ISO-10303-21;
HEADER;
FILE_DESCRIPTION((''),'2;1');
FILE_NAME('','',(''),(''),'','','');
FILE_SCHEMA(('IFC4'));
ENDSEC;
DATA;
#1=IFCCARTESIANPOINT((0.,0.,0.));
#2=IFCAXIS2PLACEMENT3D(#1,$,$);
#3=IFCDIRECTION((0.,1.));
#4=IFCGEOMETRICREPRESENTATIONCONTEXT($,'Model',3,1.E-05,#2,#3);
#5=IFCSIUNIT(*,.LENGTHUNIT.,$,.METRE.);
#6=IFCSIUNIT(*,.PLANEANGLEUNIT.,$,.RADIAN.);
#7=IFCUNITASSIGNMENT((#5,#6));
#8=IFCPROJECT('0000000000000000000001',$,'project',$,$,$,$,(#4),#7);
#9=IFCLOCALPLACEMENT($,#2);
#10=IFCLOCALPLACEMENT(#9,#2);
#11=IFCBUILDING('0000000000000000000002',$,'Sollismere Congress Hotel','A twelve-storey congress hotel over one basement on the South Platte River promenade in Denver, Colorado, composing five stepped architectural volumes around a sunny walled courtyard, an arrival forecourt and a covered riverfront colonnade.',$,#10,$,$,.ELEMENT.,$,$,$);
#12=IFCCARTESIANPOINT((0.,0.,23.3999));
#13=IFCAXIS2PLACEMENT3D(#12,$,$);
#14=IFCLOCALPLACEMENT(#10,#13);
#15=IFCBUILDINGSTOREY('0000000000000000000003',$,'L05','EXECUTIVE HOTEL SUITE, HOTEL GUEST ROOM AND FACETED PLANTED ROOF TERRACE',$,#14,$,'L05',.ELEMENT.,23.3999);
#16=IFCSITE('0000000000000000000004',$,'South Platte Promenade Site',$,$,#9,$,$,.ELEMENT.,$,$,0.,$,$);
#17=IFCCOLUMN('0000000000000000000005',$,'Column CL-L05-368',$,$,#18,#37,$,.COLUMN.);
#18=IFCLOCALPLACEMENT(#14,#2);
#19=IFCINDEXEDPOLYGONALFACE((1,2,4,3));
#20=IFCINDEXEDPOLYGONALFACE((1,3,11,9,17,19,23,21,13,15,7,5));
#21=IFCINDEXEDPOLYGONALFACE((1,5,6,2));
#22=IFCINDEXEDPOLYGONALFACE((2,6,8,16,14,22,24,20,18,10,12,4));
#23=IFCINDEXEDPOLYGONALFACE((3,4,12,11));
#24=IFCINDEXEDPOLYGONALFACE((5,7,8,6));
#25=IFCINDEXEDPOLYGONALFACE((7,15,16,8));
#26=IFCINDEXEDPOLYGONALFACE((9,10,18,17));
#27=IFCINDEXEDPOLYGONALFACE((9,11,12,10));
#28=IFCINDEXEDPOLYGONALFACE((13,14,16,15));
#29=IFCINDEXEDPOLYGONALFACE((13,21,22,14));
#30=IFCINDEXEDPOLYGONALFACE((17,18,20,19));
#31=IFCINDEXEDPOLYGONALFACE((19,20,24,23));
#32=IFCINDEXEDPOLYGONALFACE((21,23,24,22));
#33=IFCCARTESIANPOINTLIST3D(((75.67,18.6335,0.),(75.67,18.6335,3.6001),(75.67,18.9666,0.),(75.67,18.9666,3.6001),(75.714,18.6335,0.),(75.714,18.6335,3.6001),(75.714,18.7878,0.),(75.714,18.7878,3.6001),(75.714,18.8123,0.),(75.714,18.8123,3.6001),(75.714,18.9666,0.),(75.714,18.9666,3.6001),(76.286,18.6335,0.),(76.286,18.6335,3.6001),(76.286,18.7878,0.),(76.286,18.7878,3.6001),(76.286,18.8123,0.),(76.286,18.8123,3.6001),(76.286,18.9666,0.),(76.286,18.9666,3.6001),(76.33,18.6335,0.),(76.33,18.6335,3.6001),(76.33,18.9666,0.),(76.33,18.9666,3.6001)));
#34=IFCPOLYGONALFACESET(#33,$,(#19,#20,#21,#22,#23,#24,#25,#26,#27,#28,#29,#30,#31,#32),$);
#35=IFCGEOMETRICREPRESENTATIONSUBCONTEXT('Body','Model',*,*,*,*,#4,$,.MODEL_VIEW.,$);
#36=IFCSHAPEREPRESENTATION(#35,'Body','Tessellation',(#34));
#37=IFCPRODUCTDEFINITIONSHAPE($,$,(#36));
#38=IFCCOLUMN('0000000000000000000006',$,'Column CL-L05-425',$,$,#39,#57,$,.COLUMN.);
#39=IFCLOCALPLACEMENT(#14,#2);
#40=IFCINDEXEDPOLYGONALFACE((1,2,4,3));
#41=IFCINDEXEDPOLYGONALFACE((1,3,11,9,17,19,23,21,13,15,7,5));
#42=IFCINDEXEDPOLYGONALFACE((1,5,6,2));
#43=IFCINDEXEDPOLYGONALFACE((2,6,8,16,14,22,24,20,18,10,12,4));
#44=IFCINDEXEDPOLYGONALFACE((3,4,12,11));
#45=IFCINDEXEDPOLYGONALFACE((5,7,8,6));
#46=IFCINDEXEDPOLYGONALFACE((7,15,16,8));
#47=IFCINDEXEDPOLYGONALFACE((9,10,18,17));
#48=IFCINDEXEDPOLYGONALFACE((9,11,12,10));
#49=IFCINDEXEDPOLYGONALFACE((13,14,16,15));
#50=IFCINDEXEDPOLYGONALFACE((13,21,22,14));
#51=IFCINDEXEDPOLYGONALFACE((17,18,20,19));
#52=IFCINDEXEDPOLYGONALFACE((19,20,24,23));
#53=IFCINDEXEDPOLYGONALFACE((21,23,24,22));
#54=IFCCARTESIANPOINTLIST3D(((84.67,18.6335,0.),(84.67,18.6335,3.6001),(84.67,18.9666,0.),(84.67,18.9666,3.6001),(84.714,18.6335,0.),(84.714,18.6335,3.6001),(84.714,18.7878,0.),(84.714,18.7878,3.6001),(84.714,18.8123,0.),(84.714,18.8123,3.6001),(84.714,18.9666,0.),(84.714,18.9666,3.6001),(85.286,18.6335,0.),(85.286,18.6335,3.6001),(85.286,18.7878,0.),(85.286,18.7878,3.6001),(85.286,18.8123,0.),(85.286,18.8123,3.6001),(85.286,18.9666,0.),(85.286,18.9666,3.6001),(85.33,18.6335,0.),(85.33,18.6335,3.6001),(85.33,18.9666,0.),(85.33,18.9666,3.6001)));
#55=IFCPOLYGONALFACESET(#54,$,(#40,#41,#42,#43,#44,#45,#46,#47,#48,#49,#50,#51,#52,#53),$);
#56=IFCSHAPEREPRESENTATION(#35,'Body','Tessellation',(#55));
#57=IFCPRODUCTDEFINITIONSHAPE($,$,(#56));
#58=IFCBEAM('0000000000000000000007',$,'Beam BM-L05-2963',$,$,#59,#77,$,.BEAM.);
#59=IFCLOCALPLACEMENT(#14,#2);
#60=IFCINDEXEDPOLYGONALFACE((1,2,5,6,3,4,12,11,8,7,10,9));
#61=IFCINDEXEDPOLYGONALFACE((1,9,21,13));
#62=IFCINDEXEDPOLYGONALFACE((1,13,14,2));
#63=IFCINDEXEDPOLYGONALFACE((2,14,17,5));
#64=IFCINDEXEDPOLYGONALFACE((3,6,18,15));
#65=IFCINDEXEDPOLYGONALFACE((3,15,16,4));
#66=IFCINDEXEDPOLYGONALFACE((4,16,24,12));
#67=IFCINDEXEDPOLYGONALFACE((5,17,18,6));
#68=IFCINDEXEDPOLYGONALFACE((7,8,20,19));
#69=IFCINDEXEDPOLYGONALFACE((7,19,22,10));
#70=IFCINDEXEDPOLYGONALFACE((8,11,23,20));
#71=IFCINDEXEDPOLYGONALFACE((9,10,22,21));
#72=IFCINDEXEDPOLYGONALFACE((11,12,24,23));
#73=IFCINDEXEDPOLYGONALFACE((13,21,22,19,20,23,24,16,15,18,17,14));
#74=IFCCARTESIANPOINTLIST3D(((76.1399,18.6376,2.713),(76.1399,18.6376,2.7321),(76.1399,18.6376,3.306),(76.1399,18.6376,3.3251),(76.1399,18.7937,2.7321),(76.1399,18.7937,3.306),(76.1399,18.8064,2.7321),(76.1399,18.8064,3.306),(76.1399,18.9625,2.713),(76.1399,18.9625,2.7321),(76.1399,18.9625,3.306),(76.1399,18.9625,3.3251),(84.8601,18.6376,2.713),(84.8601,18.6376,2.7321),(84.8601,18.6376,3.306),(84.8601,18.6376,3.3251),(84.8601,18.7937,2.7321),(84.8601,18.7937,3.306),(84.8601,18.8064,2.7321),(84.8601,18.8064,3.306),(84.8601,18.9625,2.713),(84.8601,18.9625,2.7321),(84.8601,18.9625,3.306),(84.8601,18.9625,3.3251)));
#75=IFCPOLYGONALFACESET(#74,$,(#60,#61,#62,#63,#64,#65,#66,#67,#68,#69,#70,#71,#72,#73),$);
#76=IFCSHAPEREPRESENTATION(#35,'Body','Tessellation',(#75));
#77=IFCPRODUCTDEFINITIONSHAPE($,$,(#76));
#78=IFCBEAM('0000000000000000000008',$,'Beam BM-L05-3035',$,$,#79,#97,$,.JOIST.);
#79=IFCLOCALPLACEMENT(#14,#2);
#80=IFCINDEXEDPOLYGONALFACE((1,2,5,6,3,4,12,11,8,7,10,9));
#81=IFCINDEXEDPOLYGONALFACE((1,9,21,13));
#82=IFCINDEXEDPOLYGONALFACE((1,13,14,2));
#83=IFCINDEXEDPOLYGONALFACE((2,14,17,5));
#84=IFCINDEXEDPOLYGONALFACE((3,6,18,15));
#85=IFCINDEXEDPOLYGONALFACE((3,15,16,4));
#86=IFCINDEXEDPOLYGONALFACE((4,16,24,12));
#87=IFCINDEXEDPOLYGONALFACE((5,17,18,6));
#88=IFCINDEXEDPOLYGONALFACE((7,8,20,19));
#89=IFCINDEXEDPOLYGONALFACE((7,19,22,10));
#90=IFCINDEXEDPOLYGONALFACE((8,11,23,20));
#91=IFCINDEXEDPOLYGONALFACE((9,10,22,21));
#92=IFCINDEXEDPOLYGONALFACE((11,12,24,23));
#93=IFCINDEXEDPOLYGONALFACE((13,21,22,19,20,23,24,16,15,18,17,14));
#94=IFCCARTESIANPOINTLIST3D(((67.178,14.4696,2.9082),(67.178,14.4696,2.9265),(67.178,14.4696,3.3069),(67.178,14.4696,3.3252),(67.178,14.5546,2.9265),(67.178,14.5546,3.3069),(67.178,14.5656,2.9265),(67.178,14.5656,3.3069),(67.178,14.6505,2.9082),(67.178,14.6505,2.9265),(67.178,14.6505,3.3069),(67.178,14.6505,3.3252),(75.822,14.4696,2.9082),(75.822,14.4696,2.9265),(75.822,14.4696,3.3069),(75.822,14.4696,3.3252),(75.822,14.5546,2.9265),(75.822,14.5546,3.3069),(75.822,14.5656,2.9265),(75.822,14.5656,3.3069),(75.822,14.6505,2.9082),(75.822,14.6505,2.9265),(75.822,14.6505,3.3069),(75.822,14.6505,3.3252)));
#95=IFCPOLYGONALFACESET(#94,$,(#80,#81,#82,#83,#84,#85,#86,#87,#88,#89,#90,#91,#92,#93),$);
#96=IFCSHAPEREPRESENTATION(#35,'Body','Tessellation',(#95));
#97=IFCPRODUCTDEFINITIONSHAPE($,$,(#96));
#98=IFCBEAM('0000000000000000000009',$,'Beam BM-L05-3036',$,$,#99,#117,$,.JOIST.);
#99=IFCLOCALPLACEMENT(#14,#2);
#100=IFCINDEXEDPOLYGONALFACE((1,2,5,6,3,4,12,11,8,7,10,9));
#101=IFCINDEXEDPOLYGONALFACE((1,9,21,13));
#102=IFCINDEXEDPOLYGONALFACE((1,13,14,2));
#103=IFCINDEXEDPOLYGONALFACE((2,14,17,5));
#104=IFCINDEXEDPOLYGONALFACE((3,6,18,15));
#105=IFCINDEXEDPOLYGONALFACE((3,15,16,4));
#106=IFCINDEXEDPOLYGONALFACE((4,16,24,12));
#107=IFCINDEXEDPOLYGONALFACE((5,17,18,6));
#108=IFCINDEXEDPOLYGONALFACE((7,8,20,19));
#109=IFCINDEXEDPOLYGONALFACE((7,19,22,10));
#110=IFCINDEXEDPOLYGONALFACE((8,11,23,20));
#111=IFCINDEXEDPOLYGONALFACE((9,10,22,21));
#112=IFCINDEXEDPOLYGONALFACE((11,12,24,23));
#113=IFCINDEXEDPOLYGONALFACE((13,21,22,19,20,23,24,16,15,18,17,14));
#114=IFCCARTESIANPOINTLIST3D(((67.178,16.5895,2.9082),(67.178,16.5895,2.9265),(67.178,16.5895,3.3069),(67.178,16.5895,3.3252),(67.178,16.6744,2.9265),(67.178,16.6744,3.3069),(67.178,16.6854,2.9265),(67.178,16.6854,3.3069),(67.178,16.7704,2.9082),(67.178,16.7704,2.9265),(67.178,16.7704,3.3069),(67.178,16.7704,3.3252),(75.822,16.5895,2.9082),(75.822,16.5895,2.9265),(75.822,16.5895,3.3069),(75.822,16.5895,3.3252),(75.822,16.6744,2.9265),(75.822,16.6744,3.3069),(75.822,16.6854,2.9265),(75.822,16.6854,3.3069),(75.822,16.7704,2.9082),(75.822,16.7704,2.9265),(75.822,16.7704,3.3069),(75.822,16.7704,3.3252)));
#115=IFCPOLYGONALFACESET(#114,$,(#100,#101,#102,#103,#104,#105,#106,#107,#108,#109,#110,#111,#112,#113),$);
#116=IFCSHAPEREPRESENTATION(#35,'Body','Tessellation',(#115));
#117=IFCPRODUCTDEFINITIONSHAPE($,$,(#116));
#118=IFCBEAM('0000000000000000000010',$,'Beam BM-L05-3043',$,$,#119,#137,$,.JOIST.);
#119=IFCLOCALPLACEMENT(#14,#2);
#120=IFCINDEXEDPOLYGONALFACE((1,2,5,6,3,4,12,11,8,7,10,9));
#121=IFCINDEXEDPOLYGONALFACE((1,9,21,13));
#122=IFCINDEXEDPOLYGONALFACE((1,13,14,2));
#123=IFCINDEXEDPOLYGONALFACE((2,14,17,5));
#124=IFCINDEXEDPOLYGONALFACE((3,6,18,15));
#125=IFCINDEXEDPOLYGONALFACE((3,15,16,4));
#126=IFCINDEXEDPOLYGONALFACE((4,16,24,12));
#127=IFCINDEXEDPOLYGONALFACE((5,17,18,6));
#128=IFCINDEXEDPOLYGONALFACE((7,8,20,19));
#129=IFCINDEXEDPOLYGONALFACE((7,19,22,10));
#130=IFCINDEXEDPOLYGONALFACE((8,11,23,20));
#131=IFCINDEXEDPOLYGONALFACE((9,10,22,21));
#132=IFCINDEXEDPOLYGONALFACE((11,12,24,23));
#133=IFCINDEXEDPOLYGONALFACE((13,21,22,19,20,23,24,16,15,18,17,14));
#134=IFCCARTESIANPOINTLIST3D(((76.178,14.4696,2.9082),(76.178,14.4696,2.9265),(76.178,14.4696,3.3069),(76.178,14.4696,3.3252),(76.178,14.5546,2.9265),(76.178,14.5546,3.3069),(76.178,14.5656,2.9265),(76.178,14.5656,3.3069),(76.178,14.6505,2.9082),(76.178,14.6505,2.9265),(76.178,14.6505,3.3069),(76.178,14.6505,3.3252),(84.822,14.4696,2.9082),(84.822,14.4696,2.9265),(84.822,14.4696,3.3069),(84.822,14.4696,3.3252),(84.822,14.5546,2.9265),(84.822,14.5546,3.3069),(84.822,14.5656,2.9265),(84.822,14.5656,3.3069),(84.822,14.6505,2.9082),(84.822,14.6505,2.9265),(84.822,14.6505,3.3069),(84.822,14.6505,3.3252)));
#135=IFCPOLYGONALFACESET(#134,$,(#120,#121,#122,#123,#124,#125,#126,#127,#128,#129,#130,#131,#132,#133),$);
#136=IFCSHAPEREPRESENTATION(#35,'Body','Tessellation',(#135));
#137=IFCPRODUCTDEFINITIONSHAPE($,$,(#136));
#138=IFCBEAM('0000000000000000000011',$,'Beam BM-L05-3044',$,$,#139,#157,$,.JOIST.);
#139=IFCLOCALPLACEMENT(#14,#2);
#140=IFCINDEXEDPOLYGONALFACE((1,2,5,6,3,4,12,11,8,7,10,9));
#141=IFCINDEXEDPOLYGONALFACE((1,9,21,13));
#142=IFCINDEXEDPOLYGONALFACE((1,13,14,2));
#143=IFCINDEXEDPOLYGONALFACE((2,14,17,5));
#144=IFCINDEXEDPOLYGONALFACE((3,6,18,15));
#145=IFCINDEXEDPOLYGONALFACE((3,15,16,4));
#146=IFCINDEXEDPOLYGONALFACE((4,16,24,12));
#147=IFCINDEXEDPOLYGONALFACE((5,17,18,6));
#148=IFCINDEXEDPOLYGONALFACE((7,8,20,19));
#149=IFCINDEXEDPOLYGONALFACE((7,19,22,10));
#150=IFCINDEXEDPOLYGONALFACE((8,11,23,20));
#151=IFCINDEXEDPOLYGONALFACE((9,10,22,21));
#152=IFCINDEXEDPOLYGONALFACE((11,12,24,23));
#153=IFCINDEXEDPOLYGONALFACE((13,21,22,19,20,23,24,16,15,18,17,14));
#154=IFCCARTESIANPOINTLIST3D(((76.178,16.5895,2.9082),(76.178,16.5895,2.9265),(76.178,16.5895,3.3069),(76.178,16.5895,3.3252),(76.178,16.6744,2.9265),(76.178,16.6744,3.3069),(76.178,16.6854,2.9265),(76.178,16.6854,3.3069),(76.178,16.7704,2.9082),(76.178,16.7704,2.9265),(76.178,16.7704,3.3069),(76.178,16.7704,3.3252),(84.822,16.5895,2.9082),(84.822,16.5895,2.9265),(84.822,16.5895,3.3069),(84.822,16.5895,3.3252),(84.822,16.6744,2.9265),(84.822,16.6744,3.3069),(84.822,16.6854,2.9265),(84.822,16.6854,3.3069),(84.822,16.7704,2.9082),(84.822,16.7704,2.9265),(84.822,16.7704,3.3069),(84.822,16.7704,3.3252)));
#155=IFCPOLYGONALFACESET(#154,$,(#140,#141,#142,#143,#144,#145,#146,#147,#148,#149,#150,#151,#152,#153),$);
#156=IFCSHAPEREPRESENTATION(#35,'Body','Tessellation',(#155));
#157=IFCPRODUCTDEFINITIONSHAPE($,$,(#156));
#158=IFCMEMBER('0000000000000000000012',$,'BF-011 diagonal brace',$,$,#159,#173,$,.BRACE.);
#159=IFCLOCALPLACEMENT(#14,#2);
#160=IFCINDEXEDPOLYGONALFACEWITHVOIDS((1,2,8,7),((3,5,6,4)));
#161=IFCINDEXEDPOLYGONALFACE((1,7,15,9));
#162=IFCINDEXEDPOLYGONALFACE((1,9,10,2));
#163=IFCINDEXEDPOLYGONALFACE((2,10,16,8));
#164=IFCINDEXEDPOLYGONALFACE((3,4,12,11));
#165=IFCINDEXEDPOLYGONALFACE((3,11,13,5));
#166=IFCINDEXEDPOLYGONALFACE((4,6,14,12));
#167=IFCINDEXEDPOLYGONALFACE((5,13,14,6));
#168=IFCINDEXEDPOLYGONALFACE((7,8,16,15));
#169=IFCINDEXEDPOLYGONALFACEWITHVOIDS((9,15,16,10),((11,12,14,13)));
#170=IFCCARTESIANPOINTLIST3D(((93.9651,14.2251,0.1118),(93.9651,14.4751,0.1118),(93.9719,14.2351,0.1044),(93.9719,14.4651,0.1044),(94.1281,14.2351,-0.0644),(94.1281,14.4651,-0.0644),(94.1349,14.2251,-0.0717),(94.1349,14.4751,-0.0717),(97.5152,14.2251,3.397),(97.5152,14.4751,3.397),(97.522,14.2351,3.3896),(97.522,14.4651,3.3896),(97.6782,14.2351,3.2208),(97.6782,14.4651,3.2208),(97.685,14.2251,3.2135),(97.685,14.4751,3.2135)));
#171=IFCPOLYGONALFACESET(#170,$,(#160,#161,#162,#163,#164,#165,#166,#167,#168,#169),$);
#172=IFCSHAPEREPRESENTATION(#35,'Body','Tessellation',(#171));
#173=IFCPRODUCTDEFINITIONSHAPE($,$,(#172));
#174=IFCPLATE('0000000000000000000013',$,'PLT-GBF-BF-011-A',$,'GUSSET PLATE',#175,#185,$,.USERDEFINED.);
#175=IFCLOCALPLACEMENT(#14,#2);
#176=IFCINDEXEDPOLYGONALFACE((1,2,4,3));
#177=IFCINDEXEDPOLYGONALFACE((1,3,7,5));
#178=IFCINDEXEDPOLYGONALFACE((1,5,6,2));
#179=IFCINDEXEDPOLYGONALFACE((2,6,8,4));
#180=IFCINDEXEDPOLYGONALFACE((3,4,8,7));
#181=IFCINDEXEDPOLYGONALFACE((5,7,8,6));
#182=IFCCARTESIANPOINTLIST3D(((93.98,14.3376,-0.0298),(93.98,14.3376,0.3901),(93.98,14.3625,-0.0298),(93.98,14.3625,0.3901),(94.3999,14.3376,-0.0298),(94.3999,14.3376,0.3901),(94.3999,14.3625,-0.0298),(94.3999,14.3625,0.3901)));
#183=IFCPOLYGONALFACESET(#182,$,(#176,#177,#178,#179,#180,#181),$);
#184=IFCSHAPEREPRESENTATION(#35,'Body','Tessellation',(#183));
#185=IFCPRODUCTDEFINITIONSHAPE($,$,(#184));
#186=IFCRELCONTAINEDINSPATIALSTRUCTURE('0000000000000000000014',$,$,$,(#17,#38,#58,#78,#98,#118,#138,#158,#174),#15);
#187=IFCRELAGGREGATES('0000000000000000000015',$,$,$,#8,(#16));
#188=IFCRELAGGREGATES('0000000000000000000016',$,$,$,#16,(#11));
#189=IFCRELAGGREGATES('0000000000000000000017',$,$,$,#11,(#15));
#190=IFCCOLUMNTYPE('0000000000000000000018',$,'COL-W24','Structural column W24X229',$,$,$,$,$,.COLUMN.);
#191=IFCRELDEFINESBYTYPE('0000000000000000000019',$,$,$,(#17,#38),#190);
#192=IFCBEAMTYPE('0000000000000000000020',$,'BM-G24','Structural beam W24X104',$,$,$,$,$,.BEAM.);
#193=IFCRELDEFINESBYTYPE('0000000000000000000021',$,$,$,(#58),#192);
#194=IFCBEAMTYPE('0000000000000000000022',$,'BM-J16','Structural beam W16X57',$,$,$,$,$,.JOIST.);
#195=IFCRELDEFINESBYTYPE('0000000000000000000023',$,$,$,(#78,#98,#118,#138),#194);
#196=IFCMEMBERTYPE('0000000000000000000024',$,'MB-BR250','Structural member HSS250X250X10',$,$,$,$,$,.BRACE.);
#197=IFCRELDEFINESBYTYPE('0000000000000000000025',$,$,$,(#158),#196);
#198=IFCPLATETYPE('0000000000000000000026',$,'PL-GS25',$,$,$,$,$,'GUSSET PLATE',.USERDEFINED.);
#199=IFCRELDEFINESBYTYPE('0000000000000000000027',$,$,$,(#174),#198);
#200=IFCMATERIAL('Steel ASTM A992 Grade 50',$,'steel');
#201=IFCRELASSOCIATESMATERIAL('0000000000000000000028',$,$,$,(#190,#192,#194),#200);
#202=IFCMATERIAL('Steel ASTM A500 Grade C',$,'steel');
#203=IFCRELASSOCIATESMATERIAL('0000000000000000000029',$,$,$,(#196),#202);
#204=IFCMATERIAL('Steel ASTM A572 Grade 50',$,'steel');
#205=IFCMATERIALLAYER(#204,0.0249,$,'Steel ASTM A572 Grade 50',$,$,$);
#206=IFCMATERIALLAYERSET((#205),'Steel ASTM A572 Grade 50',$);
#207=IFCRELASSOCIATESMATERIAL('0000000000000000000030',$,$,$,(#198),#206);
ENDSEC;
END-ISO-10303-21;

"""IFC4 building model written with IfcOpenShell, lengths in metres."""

from ifc_helpers import new_model, si_unit, direction, frame, origin, origin_2d, place, context, subcontext, project, spatial, rectangle, hollow_rectangle, i_section, extrude, material, layer, layer_set, material_profile, profile_set, type_object, element, save


model = new_model("IFC4")

# Units and contexts
model_context = context("Model", 3, precision=1e-05, world=origin(), true_north=direction((0.0, 1.0)))
body_context = subcontext(model_context, "Body", "Model", "MODEL_VIEW")
ifc_project = project(units=[si_unit("LENGTHUNIT", "METRE"), si_unit("PLANEANGLEUNIT", "RADIAN")], contexts=[model_context])

# Site, building, storey
site_placement = place(None, origin())
site = spatial("IfcSite", under=ifc_project, at=site_placement, Name="South Platte Promenade Site", CompositionType="ELEMENT", RefElevation=0.0)
building_placement = place(site_placement, origin())
building = spatial("IfcBuilding", under=site, at=building_placement, Name="Sollismere Congress Hotel", Description="A twelve-storey congress hotel over one basement on the South Platte River promenade in Denver, Colorado, composing five stepped architectural volumes around a sunny walled courtyard, an arrival forecourt and a covered riverfront colonnade.", CompositionType="ELEMENT")
storey_placement = place(building_placement, frame((0.0, 0.0, 23.3999)))
storey = spatial("IfcBuildingStorey", under=building, at=storey_placement, Name="L05", Description="EXECUTIVE HOTEL SUITE, HOTEL GUEST ROOM AND FACETED PLANTED ROOF TERRACE", LongName="L05", CompositionType="ELEMENT", Elevation=23.3999)

# Columns
ifc_material_1 = material(Name="Steel ASTM A992 Grade 50", Category="steel")
ifc_material_profile_1 = material_profile(ifc_material_1, i_section(OverallWidth=0.333, OverallDepth=0.6599, WebThickness=0.0244, FlangeThickness=0.0439, at=origin_2d()), Name="W24X229")
ifc_profile_set_1 = profile_set([ifc_material_profile_1], Name="Steel ASTM A992 Grade 50")
column_type = type_object("IfcColumnType", Name="COL-W24", Description="Structural column W24X229", PredefinedType="COLUMN", material=ifc_profile_set_1)
for number, where, z_axis, x_axis, name in (
    (1, (76.0, 18.8, 0.0), (0.0, 0.0, 1.0), (0.0, 1.0, 0.0), "Column CL-L05-368"),
    (2, (85.0, 18.8, 0.0), (0.0, 0.0, 1.0), (0.0, 1.0, 0.0), "Column CL-L05-425"),
):
    element("IfcColumn", number, at=place(storey_placement, frame(where, z_axis=z_axis, x_axis=x_axis)), inside=storey, type_object=column_type, Name=name, PredefinedType="COLUMN", context=body_context, shape_type="SweptSolid", body=[
        extrude(i_section(OverallWidth=0.333, OverallDepth=0.6599, WebThickness=0.0244, FlangeThickness=0.0439, at=origin_2d()), origin(), (0.0, 0.0, 1.0), 3.6001),
    ])

# Beams
ifc_material_profile_2 = material_profile(ifc_material_1, i_section(OverallWidth=0.325, OverallDepth=0.6121, WebThickness=0.0127, FlangeThickness=0.019, at=origin_2d()), Name="W24X104")
ifc_profile_set_2 = profile_set([ifc_material_profile_2], Name="Steel ASTM A992 Grade 50")
beam_type_1 = type_object("IfcBeamType", Name="BM-G24", Description="Structural beam W24X104", PredefinedType="BEAM", material=ifc_profile_set_2)
beam_placement = place(storey_placement, frame((76.1399, 18.8, 3.019), z_axis=(1.0, 0.0, 0.0), x_axis=(0.0, 1.0, 0.0)))
element("IfcBeam", 3, at=beam_placement, inside=storey, type_object=beam_type_1, Name="Beam BM-L05-2963", PredefinedType="BEAM", context=body_context, shape_type="SweptSolid", body=[
    extrude(i_section(OverallWidth=0.325, OverallDepth=0.6121, WebThickness=0.0127, FlangeThickness=0.019, at=origin_2d()), origin(), (0.0, 0.0, 1.0), 8.7202),
])
ifc_material_profile_3 = material_profile(ifc_material_1, i_section(OverallWidth=0.1809, OverallDepth=0.417, WebThickness=0.011, FlangeThickness=0.0183, at=origin_2d()), Name="W16X57")
ifc_profile_set_3 = profile_set([ifc_material_profile_3], Name="Steel ASTM A992 Grade 50")
beam_type_2 = type_object("IfcBeamType", Name="BM-J16", Description="Structural beam W16X57", PredefinedType="JOIST", material=ifc_profile_set_3)
for number, where, z_axis, x_axis, name in (
    (4, (67.178, 14.5601, 3.1167), (1.0, 0.0, 0.0), (0.0, 1.0, 0.0), "Beam BM-L05-3035"),
    (5, (67.178, 16.6799, 3.1167), (1.0, 0.0, 0.0), (0.0, 1.0, 0.0), "Beam BM-L05-3036"),
    (6, (76.178, 14.5601, 3.1167), (1.0, 0.0, 0.0), (0.0, 1.0, 0.0), "Beam BM-L05-3043"),
    (7, (76.178, 16.6799, 3.1167), (1.0, 0.0, 0.0), (0.0, 1.0, 0.0), "Beam BM-L05-3044"),
):
    element("IfcBeam", number, at=place(storey_placement, frame(where, z_axis=z_axis, x_axis=x_axis)), inside=storey, type_object=beam_type_2, Name=name, PredefinedType="JOIST", context=body_context, shape_type="SweptSolid", body=[
        extrude(i_section(OverallWidth=0.1809, OverallDepth=0.417, WebThickness=0.011, FlangeThickness=0.0183, at=origin_2d()), origin(), (0.0, 0.0, 1.0), 8.644),
    ])

# Member
ifc_material_2 = material(Name="Steel ASTM A500 Grade C", Category="steel")
ifc_material_profile_4 = material_profile(ifc_material_2, hollow_rectangle(XDim=0.25, YDim=0.25, WallThickness=0.01, at=origin_2d()), Name="HSS250X250X10")
ifc_profile_set_4 = profile_set([ifc_material_profile_4], Name="Steel ASTM A500 Grade C")
member_type = type_object("IfcMemberType", Name="MB-BR250", Description="Structural member HSS250X250X10", PredefinedType="BRACE", material=ifc_profile_set_4)
member_placement = place(storey_placement, frame((94.05, 14.3501, 0.02), z_axis=(0.733959, 0.0, 0.679194), x_axis=(0.0, 1.0, 0.0)))
element("IfcMember", 8, at=member_placement, inside=storey, type_object=member_type, Name="BF-011 diagonal brace", PredefinedType="BRACE", context=body_context, shape_type="SweptSolid", body=[
    extrude(hollow_rectangle(XDim=0.25, YDim=0.25, WallThickness=0.01, at=origin_2d()), origin(), (0.0, 0.0, 1.0), 4.8369),
])

# Plate
ifc_material_3 = material(Name="Steel ASTM A572 Grade 50", Category="steel")
ifc_layer_1 = layer(ifc_material_3, 0.0249, Name="Steel ASTM A572 Grade 50")
ifc_layer_set_1 = layer_set([ifc_layer_1], Name="Steel ASTM A572 Grade 50")
plate_type = type_object("IfcPlateType", Name="PL-GS25", ElementType="GUSSET PLATE", PredefinedType="USERDEFINED", material=ifc_layer_set_1)
plate_placement = place(storey_placement, frame((94.1899, 14.3501, -0.0298), z_axis=(0.0, 0.0, 1.0), x_axis=(1.0, 0.0, 0.0)))
element("IfcPlate", 9, at=plate_placement, inside=storey, type_object=plate_type, Name="PLT-GBF-BF-011-A", ObjectType="GUSSET PLATE", PredefinedType="USERDEFINED", context=body_context, shape_type="SweptSolid", body=[
    extrude(rectangle(XDim=0.4199, YDim=0.0249, at=origin_2d()), origin(), (0.0, 0.0, 1.0), 0.4199),
])

save(model, "model.ifc")
